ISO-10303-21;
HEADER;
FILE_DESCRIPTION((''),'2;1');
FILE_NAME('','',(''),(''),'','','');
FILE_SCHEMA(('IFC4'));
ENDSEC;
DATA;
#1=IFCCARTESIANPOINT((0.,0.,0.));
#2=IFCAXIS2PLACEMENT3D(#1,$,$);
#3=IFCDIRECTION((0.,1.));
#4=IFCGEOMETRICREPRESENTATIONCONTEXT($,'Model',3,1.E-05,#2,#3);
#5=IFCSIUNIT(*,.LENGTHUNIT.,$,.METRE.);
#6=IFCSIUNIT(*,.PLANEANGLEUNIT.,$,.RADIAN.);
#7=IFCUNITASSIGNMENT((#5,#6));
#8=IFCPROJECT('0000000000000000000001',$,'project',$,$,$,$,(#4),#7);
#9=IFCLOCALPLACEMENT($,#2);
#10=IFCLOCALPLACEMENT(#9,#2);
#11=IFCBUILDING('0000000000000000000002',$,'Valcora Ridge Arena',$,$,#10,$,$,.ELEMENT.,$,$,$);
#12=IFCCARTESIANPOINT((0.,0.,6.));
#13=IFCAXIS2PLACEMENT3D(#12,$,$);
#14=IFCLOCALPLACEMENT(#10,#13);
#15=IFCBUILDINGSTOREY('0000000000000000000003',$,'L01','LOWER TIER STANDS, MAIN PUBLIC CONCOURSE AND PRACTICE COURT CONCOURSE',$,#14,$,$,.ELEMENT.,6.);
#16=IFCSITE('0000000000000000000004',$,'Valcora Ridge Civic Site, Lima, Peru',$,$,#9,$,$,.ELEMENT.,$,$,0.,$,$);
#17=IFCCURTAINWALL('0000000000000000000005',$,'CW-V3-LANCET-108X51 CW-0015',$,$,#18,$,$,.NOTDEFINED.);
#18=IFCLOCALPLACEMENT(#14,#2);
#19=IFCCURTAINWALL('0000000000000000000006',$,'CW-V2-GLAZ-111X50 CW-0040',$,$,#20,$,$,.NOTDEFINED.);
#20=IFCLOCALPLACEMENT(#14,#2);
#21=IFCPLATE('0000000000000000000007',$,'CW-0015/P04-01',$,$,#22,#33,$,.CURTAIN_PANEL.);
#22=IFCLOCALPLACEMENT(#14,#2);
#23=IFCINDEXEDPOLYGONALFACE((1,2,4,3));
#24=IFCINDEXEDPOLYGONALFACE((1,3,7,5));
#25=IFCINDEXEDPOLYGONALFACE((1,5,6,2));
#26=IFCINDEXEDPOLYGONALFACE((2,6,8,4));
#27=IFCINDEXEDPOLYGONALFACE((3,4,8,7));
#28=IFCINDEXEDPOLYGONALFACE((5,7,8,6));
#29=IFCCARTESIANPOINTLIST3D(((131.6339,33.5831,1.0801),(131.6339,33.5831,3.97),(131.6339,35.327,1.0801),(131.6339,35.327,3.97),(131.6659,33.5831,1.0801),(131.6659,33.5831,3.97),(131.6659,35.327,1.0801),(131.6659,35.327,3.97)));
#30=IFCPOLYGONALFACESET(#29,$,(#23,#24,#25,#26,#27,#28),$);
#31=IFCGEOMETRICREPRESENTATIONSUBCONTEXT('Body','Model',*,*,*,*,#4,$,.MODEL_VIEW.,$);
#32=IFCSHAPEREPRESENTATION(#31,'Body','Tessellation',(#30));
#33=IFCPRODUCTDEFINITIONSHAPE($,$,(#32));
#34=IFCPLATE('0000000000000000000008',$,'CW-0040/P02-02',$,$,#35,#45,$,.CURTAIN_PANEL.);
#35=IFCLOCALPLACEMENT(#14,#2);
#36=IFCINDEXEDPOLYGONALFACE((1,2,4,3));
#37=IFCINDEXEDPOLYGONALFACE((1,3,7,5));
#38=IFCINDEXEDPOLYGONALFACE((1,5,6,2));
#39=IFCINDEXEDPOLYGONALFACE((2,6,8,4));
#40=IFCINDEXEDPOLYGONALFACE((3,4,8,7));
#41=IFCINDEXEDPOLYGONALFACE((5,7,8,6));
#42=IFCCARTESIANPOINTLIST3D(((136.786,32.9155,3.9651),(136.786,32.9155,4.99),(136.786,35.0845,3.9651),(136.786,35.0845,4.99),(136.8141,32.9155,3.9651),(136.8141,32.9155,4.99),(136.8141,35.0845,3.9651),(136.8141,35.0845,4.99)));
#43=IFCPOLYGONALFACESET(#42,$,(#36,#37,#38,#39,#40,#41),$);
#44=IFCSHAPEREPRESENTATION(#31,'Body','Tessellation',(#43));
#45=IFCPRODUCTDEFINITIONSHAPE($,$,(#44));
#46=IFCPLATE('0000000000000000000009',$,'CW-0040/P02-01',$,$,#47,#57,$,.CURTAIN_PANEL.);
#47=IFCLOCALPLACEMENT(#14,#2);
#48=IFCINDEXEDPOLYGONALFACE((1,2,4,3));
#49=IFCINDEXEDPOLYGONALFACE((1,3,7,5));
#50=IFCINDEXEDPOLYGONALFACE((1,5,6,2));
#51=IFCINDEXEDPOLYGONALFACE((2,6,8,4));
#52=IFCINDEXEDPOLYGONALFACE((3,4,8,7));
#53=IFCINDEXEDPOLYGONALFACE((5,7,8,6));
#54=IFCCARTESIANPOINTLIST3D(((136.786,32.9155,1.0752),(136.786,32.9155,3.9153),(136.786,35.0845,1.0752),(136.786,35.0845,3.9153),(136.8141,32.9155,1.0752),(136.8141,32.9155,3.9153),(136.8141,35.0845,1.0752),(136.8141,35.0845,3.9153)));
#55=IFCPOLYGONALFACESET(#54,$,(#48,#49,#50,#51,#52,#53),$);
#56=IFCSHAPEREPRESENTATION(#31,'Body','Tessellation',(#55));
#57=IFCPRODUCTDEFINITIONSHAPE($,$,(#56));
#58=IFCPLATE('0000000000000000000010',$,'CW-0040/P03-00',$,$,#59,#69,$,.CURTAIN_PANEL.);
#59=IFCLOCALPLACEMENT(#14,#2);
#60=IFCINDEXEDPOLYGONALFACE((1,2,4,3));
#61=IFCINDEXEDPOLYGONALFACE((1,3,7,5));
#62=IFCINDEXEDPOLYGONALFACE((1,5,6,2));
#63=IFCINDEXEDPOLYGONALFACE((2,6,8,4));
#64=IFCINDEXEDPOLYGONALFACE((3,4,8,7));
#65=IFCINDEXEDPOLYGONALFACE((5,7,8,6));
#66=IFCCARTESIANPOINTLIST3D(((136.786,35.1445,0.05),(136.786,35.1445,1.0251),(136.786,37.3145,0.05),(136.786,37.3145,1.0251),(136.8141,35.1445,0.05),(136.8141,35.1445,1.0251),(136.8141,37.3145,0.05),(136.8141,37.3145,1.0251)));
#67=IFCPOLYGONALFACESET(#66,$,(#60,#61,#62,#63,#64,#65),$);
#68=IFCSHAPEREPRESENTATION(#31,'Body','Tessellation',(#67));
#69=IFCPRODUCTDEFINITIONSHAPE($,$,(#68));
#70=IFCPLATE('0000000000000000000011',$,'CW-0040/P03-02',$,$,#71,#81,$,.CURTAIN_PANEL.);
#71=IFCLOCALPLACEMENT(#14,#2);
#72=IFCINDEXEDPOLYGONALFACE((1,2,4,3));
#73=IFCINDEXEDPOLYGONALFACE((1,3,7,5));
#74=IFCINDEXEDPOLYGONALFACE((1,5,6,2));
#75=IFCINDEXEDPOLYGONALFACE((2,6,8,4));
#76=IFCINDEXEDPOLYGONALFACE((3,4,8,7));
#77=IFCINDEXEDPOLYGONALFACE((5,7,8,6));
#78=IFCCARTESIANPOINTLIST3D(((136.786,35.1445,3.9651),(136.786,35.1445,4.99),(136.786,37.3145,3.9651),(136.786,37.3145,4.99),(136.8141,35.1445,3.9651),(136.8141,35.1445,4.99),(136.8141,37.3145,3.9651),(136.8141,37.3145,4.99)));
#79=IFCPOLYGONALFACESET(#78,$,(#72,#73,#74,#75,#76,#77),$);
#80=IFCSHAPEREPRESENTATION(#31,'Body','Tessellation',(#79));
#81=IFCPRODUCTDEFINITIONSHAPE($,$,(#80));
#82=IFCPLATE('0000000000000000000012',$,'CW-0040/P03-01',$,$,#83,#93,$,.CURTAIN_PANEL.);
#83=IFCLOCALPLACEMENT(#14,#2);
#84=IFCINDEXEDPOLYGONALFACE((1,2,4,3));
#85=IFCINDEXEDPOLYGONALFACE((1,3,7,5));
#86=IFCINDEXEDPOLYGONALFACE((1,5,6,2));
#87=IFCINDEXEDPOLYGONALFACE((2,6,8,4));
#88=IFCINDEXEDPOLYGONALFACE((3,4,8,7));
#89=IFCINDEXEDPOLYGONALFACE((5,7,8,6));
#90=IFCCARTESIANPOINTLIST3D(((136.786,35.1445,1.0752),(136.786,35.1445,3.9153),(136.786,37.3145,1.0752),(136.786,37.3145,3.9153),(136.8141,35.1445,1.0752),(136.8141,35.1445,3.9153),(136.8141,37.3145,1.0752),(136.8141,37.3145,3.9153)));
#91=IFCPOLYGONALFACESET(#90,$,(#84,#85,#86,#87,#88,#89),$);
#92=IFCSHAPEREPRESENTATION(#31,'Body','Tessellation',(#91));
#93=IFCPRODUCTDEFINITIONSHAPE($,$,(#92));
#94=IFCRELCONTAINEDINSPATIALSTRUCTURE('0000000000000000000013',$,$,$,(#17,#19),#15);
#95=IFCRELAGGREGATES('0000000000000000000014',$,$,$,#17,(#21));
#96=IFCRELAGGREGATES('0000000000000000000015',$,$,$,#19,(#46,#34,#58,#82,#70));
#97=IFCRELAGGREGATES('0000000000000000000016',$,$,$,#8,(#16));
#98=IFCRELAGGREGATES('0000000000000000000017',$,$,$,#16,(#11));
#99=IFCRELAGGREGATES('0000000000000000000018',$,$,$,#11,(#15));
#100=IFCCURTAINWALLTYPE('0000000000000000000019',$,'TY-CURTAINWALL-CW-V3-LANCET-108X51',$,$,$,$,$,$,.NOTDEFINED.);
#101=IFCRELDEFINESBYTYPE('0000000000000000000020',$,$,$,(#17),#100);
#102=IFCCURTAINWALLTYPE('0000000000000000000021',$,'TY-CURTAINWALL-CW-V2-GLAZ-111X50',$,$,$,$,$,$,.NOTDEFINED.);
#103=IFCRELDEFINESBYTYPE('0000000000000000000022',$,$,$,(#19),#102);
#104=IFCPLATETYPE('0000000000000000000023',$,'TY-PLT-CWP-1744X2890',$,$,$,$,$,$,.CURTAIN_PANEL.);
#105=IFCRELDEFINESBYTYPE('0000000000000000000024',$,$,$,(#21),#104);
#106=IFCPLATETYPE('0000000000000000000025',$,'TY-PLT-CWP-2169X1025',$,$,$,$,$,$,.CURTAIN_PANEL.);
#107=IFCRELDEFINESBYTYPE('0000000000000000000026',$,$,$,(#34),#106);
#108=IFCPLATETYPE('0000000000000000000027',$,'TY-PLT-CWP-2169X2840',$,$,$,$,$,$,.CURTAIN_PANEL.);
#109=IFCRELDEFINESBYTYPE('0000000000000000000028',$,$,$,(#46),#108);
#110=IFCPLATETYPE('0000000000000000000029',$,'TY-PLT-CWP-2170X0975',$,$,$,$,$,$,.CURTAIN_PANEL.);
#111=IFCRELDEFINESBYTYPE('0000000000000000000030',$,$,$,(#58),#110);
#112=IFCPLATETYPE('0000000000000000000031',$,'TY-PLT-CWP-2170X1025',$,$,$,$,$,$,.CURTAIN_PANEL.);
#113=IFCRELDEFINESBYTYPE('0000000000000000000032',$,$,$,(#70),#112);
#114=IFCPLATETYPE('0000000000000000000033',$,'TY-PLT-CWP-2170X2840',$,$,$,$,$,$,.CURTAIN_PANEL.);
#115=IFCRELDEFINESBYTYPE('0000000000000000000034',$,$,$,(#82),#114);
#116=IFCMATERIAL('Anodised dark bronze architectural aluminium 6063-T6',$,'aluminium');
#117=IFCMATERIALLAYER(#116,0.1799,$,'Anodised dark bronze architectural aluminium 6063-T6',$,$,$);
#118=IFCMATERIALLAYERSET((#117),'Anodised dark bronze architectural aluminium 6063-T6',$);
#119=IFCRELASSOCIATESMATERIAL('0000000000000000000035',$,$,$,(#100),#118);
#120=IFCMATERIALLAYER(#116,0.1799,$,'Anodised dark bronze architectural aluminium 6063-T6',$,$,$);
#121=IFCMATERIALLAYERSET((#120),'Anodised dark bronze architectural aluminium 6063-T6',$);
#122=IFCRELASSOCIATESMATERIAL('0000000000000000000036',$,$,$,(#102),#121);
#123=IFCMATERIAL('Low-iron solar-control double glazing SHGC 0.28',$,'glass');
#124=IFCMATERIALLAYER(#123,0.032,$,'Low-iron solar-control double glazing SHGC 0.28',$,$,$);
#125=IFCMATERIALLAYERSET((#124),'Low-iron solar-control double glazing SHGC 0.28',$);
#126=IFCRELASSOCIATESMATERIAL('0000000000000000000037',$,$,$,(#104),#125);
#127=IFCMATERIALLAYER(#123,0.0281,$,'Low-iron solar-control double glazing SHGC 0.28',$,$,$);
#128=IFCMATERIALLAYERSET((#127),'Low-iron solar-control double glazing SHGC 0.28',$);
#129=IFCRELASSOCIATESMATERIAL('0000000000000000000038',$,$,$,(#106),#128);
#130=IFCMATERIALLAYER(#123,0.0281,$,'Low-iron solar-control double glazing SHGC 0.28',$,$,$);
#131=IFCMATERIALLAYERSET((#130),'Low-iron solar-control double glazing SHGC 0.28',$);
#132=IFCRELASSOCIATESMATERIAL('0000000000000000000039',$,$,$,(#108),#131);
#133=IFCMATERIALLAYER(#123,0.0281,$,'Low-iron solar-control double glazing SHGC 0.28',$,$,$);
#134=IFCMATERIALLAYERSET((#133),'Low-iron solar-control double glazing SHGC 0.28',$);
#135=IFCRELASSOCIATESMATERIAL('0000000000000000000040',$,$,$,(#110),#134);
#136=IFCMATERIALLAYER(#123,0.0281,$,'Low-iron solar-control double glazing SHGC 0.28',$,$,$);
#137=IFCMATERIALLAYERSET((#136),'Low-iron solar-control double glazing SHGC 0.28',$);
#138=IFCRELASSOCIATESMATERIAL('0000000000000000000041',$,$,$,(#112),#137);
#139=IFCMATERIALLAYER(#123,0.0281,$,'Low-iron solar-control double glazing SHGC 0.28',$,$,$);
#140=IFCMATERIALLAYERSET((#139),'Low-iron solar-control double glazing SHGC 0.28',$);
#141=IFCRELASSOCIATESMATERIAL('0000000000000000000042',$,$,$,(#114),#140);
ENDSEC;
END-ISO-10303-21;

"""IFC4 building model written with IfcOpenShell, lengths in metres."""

from ifc_helpers import new_model, si_unit, direction, frame, origin, origin_2d, place, context, subcontext, project, spatial, rectangle, extrude, material, layer, layer_set, type_object, element, aggregate, save


model = new_model("IFC4")

# Units and contexts
model_context = context("Model", 3, precision=1e-05, world=origin(), true_north=direction((0.0, 1.0)))
body_context = subcontext(model_context, "Body", "Model", "MODEL_VIEW")
ifc_project = project(units=[si_unit("LENGTHUNIT", "METRE"), si_unit("PLANEANGLEUNIT", "RADIAN")], contexts=[model_context])

# Site, building, storey
site_placement = place(None, origin())
site = spatial("IfcSite", under=ifc_project, at=site_placement, Name="Valcora Ridge Civic Site, Lima, Peru", CompositionType="ELEMENT", RefElevation=0.0)
building_placement = place(site_placement, origin())
building = spatial("IfcBuilding", under=site, at=building_placement, Name="Valcora Ridge Arena", CompositionType="ELEMENT")
storey_placement = place(building_placement, frame((0.0, 0.0, 6.0)))
storey = spatial("IfcBuildingStorey", under=building, at=storey_placement, Name="L01", Description="LOWER TIER STANDS, MAIN PUBLIC CONCOURSE AND PRACTICE COURT CONCOURSE", CompositionType="ELEMENT", Elevation=6.0)

# Curtain wall
ifc_material_1 = material(Name="Anodised dark bronze architectural aluminium 6063-T6", Category="aluminium")
ifc_layer_1 = layer(ifc_material_1, 0.1799, Name="Anodised dark bronze architectural aluminium 6063-T6")
ifc_layer_set_1 = layer_set([ifc_layer_1], Name="Anodised dark bronze architectural aluminium 6063-T6")
curtain_wall_type_1 = type_object("IfcCurtainWallType", Name="TY-CURTAINWALL-CW-V3-LANCET-108X51", PredefinedType="NOTDEFINED", material=ifc_layer_set_1)
curtain_wall_1_placement = place(storey_placement, origin())
curtain_wall_1 = element("IfcCurtainWall", 1, at=curtain_wall_1_placement, inside=storey, type_object=curtain_wall_type_1, Name="CW-V3-LANCET-108X51 CW-0015", PredefinedType="NOTDEFINED")

# Curtain wall
ifc_layer_2 = layer(ifc_material_1, 0.1799, Name="Anodised dark bronze architectural aluminium 6063-T6")
ifc_layer_set_2 = layer_set([ifc_layer_2], Name="Anodised dark bronze architectural aluminium 6063-T6")
curtain_wall_type_2 = type_object("IfcCurtainWallType", Name="TY-CURTAINWALL-CW-V2-GLAZ-111X50", PredefinedType="NOTDEFINED", material=ifc_layer_set_2)
curtain_wall_2_placement = place(storey_placement, origin())
curtain_wall_2 = element("IfcCurtainWall", 2, at=curtain_wall_2_placement, inside=storey, type_object=curtain_wall_type_2, Name="CW-V2-GLAZ-111X50 CW-0040", PredefinedType="NOTDEFINED")

# Plates
ifc_material_2 = material(Name="Low-iron solar-control double glazing SHGC 0.28", Category="glass")
ifc_layer_3 = layer(ifc_material_2, 0.032, Name="Low-iron solar-control double glazing SHGC 0.28")
ifc_layer_set_3 = layer_set([ifc_layer_3], Name="Low-iron solar-control double glazing SHGC 0.28")
plate_type_1 = type_object("IfcPlateType", Name="TY-PLT-CWP-1744X2890", PredefinedType="CURTAIN_PANEL", material=ifc_layer_set_3)
plate_1_placement = place(storey_placement, frame((131.6499, 34.4551, 1.0801), z_axis=(0.0, 0.0, 1.0), x_axis=(0.0, 1.0, 0.0)))
plate_1 = element("IfcPlate", 3, at=plate_1_placement, type_object=plate_type_1, Name="CW-0015/P04-01", PredefinedType="CURTAIN_PANEL", context=body_context, shape_type="SweptSolid", body=[
    extrude(rectangle(XDim=1.7439, YDim=0.032, at=origin_2d()), origin(), (0.0, 0.0, 1.0), 2.8899),
])
aggregate(curtain_wall_1, [plate_1])
ifc_layer_4 = layer(ifc_material_2, 0.0281, Name="Low-iron solar-control double glazing SHGC 0.28")
ifc_layer_set_4 = layer_set([ifc_layer_4], Name="Low-iron solar-control double glazing SHGC 0.28")
plate_type_2 = type_object("IfcPlateType", Name="TY-PLT-CWP-2169X1025", PredefinedType="CURTAIN_PANEL", material=ifc_layer_set_4)
plate_2_placement = place(storey_placement, frame((136.8, 34.0, 3.9651), z_axis=(0.0, 0.0, 1.0), x_axis=(0.0, 1.0, 0.0)))
plate_2 = element("IfcPlate", 4, at=plate_2_placement, type_object=plate_type_2, Name="CW-0040/P02-02", PredefinedType="CURTAIN_PANEL", context=body_context, shape_type="SweptSolid", body=[
    extrude(rectangle(XDim=2.1689, YDim=0.0281, at=origin_2d()), origin(), (0.0, 0.0, 1.0), 1.0249),
])
ifc_layer_5 = layer(ifc_material_2, 0.0281, Name="Low-iron solar-control double glazing SHGC 0.28")
ifc_layer_set_5 = layer_set([ifc_layer_5], Name="Low-iron solar-control double glazing SHGC 0.28")
plate_type_3 = type_object("IfcPlateType", Name="TY-PLT-CWP-2169X2840", PredefinedType="CURTAIN_PANEL", material=ifc_layer_set_5)
plate_3_placement = place(storey_placement, frame((136.8, 34.0, 1.0752), z_axis=(0.0, 0.0, 1.0), x_axis=(0.0, 1.0, 0.0)))
plate_3 = element("IfcPlate", 5, at=plate_3_placement, type_object=plate_type_3, Name="CW-0040/P02-01", PredefinedType="CURTAIN_PANEL", context=body_context, shape_type="SweptSolid", body=[
    extrude(rectangle(XDim=2.1689, YDim=0.0281, at=origin_2d()), origin(), (0.0, 0.0, 1.0), 2.8401),
])
ifc_layer_6 = layer(ifc_material_2, 0.0281, Name="Low-iron solar-control double glazing SHGC 0.28")
ifc_layer_set_6 = layer_set([ifc_layer_6], Name="Low-iron solar-control double glazing SHGC 0.28")
plate_type_4 = type_object("IfcPlateType", Name="TY-PLT-CWP-2170X0975", PredefinedType="CURTAIN_PANEL", material=ifc_layer_set_6)
plate_4_placement = place(storey_placement, frame((136.8, 36.2295, 0.05), z_axis=(0.0, 0.0, 1.0), x_axis=(0.0, 1.0, 0.0)))
plate_4 = element("IfcPlate", 6, at=plate_4_placement, type_object=plate_type_4, Name="CW-0040/P03-00", PredefinedType="CURTAIN_PANEL", context=body_context, shape_type="SweptSolid", body=[
    extrude(rectangle(XDim=2.1699, YDim=0.0281, at=origin_2d()), origin(), (0.0, 0.0, 1.0), 0.9751),
])
ifc_layer_7 = layer(ifc_material_2, 0.0281, Name="Low-iron solar-control double glazing SHGC 0.28")
ifc_layer_set_7 = layer_set([ifc_layer_7], Name="Low-iron solar-control double glazing SHGC 0.28")
plate_type_5 = type_object("IfcPlateType", Name="TY-PLT-CWP-2170X1025", PredefinedType="CURTAIN_PANEL", material=ifc_layer_set_7)
plate_5_placement = place(storey_placement, frame((136.8, 36.2295, 3.9651), z_axis=(0.0, 0.0, 1.0), x_axis=(0.0, 1.0, 0.0)))
plate_5 = element("IfcPlate", 7, at=plate_5_placement, type_object=plate_type_5, Name="CW-0040/P03-02", PredefinedType="CURTAIN_PANEL", context=body_context, shape_type="SweptSolid", body=[
    extrude(rectangle(XDim=2.1699, YDim=0.0281, at=origin_2d()), origin(), (0.0, 0.0, 1.0), 1.0249),
])
ifc_layer_8 = layer(ifc_material_2, 0.0281, Name="Low-iron solar-control double glazing SHGC 0.28")
ifc_layer_set_8 = layer_set([ifc_layer_8], Name="Low-iron solar-control double glazing SHGC 0.28")
plate_type_6 = type_object("IfcPlateType", Name="TY-PLT-CWP-2170X2840", PredefinedType="CURTAIN_PANEL", material=ifc_layer_set_8)
plate_6_placement = place(storey_placement, frame((136.8, 36.2295, 1.0752), z_axis=(0.0, 0.0, 1.0), x_axis=(0.0, 1.0, 0.0)))
plate_6 = element("IfcPlate", 8, at=plate_6_placement, type_object=plate_type_6, Name="CW-0040/P03-01", PredefinedType="CURTAIN_PANEL", context=body_context, shape_type="SweptSolid", body=[
    extrude(rectangle(XDim=2.1699, YDim=0.0281, at=origin_2d()), origin(), (0.0, 0.0, 1.0), 2.8401),
])
aggregate(curtain_wall_2, [plate_3, plate_2, plate_4, plate_6, plate_5])

save(model, "model.ifc")
